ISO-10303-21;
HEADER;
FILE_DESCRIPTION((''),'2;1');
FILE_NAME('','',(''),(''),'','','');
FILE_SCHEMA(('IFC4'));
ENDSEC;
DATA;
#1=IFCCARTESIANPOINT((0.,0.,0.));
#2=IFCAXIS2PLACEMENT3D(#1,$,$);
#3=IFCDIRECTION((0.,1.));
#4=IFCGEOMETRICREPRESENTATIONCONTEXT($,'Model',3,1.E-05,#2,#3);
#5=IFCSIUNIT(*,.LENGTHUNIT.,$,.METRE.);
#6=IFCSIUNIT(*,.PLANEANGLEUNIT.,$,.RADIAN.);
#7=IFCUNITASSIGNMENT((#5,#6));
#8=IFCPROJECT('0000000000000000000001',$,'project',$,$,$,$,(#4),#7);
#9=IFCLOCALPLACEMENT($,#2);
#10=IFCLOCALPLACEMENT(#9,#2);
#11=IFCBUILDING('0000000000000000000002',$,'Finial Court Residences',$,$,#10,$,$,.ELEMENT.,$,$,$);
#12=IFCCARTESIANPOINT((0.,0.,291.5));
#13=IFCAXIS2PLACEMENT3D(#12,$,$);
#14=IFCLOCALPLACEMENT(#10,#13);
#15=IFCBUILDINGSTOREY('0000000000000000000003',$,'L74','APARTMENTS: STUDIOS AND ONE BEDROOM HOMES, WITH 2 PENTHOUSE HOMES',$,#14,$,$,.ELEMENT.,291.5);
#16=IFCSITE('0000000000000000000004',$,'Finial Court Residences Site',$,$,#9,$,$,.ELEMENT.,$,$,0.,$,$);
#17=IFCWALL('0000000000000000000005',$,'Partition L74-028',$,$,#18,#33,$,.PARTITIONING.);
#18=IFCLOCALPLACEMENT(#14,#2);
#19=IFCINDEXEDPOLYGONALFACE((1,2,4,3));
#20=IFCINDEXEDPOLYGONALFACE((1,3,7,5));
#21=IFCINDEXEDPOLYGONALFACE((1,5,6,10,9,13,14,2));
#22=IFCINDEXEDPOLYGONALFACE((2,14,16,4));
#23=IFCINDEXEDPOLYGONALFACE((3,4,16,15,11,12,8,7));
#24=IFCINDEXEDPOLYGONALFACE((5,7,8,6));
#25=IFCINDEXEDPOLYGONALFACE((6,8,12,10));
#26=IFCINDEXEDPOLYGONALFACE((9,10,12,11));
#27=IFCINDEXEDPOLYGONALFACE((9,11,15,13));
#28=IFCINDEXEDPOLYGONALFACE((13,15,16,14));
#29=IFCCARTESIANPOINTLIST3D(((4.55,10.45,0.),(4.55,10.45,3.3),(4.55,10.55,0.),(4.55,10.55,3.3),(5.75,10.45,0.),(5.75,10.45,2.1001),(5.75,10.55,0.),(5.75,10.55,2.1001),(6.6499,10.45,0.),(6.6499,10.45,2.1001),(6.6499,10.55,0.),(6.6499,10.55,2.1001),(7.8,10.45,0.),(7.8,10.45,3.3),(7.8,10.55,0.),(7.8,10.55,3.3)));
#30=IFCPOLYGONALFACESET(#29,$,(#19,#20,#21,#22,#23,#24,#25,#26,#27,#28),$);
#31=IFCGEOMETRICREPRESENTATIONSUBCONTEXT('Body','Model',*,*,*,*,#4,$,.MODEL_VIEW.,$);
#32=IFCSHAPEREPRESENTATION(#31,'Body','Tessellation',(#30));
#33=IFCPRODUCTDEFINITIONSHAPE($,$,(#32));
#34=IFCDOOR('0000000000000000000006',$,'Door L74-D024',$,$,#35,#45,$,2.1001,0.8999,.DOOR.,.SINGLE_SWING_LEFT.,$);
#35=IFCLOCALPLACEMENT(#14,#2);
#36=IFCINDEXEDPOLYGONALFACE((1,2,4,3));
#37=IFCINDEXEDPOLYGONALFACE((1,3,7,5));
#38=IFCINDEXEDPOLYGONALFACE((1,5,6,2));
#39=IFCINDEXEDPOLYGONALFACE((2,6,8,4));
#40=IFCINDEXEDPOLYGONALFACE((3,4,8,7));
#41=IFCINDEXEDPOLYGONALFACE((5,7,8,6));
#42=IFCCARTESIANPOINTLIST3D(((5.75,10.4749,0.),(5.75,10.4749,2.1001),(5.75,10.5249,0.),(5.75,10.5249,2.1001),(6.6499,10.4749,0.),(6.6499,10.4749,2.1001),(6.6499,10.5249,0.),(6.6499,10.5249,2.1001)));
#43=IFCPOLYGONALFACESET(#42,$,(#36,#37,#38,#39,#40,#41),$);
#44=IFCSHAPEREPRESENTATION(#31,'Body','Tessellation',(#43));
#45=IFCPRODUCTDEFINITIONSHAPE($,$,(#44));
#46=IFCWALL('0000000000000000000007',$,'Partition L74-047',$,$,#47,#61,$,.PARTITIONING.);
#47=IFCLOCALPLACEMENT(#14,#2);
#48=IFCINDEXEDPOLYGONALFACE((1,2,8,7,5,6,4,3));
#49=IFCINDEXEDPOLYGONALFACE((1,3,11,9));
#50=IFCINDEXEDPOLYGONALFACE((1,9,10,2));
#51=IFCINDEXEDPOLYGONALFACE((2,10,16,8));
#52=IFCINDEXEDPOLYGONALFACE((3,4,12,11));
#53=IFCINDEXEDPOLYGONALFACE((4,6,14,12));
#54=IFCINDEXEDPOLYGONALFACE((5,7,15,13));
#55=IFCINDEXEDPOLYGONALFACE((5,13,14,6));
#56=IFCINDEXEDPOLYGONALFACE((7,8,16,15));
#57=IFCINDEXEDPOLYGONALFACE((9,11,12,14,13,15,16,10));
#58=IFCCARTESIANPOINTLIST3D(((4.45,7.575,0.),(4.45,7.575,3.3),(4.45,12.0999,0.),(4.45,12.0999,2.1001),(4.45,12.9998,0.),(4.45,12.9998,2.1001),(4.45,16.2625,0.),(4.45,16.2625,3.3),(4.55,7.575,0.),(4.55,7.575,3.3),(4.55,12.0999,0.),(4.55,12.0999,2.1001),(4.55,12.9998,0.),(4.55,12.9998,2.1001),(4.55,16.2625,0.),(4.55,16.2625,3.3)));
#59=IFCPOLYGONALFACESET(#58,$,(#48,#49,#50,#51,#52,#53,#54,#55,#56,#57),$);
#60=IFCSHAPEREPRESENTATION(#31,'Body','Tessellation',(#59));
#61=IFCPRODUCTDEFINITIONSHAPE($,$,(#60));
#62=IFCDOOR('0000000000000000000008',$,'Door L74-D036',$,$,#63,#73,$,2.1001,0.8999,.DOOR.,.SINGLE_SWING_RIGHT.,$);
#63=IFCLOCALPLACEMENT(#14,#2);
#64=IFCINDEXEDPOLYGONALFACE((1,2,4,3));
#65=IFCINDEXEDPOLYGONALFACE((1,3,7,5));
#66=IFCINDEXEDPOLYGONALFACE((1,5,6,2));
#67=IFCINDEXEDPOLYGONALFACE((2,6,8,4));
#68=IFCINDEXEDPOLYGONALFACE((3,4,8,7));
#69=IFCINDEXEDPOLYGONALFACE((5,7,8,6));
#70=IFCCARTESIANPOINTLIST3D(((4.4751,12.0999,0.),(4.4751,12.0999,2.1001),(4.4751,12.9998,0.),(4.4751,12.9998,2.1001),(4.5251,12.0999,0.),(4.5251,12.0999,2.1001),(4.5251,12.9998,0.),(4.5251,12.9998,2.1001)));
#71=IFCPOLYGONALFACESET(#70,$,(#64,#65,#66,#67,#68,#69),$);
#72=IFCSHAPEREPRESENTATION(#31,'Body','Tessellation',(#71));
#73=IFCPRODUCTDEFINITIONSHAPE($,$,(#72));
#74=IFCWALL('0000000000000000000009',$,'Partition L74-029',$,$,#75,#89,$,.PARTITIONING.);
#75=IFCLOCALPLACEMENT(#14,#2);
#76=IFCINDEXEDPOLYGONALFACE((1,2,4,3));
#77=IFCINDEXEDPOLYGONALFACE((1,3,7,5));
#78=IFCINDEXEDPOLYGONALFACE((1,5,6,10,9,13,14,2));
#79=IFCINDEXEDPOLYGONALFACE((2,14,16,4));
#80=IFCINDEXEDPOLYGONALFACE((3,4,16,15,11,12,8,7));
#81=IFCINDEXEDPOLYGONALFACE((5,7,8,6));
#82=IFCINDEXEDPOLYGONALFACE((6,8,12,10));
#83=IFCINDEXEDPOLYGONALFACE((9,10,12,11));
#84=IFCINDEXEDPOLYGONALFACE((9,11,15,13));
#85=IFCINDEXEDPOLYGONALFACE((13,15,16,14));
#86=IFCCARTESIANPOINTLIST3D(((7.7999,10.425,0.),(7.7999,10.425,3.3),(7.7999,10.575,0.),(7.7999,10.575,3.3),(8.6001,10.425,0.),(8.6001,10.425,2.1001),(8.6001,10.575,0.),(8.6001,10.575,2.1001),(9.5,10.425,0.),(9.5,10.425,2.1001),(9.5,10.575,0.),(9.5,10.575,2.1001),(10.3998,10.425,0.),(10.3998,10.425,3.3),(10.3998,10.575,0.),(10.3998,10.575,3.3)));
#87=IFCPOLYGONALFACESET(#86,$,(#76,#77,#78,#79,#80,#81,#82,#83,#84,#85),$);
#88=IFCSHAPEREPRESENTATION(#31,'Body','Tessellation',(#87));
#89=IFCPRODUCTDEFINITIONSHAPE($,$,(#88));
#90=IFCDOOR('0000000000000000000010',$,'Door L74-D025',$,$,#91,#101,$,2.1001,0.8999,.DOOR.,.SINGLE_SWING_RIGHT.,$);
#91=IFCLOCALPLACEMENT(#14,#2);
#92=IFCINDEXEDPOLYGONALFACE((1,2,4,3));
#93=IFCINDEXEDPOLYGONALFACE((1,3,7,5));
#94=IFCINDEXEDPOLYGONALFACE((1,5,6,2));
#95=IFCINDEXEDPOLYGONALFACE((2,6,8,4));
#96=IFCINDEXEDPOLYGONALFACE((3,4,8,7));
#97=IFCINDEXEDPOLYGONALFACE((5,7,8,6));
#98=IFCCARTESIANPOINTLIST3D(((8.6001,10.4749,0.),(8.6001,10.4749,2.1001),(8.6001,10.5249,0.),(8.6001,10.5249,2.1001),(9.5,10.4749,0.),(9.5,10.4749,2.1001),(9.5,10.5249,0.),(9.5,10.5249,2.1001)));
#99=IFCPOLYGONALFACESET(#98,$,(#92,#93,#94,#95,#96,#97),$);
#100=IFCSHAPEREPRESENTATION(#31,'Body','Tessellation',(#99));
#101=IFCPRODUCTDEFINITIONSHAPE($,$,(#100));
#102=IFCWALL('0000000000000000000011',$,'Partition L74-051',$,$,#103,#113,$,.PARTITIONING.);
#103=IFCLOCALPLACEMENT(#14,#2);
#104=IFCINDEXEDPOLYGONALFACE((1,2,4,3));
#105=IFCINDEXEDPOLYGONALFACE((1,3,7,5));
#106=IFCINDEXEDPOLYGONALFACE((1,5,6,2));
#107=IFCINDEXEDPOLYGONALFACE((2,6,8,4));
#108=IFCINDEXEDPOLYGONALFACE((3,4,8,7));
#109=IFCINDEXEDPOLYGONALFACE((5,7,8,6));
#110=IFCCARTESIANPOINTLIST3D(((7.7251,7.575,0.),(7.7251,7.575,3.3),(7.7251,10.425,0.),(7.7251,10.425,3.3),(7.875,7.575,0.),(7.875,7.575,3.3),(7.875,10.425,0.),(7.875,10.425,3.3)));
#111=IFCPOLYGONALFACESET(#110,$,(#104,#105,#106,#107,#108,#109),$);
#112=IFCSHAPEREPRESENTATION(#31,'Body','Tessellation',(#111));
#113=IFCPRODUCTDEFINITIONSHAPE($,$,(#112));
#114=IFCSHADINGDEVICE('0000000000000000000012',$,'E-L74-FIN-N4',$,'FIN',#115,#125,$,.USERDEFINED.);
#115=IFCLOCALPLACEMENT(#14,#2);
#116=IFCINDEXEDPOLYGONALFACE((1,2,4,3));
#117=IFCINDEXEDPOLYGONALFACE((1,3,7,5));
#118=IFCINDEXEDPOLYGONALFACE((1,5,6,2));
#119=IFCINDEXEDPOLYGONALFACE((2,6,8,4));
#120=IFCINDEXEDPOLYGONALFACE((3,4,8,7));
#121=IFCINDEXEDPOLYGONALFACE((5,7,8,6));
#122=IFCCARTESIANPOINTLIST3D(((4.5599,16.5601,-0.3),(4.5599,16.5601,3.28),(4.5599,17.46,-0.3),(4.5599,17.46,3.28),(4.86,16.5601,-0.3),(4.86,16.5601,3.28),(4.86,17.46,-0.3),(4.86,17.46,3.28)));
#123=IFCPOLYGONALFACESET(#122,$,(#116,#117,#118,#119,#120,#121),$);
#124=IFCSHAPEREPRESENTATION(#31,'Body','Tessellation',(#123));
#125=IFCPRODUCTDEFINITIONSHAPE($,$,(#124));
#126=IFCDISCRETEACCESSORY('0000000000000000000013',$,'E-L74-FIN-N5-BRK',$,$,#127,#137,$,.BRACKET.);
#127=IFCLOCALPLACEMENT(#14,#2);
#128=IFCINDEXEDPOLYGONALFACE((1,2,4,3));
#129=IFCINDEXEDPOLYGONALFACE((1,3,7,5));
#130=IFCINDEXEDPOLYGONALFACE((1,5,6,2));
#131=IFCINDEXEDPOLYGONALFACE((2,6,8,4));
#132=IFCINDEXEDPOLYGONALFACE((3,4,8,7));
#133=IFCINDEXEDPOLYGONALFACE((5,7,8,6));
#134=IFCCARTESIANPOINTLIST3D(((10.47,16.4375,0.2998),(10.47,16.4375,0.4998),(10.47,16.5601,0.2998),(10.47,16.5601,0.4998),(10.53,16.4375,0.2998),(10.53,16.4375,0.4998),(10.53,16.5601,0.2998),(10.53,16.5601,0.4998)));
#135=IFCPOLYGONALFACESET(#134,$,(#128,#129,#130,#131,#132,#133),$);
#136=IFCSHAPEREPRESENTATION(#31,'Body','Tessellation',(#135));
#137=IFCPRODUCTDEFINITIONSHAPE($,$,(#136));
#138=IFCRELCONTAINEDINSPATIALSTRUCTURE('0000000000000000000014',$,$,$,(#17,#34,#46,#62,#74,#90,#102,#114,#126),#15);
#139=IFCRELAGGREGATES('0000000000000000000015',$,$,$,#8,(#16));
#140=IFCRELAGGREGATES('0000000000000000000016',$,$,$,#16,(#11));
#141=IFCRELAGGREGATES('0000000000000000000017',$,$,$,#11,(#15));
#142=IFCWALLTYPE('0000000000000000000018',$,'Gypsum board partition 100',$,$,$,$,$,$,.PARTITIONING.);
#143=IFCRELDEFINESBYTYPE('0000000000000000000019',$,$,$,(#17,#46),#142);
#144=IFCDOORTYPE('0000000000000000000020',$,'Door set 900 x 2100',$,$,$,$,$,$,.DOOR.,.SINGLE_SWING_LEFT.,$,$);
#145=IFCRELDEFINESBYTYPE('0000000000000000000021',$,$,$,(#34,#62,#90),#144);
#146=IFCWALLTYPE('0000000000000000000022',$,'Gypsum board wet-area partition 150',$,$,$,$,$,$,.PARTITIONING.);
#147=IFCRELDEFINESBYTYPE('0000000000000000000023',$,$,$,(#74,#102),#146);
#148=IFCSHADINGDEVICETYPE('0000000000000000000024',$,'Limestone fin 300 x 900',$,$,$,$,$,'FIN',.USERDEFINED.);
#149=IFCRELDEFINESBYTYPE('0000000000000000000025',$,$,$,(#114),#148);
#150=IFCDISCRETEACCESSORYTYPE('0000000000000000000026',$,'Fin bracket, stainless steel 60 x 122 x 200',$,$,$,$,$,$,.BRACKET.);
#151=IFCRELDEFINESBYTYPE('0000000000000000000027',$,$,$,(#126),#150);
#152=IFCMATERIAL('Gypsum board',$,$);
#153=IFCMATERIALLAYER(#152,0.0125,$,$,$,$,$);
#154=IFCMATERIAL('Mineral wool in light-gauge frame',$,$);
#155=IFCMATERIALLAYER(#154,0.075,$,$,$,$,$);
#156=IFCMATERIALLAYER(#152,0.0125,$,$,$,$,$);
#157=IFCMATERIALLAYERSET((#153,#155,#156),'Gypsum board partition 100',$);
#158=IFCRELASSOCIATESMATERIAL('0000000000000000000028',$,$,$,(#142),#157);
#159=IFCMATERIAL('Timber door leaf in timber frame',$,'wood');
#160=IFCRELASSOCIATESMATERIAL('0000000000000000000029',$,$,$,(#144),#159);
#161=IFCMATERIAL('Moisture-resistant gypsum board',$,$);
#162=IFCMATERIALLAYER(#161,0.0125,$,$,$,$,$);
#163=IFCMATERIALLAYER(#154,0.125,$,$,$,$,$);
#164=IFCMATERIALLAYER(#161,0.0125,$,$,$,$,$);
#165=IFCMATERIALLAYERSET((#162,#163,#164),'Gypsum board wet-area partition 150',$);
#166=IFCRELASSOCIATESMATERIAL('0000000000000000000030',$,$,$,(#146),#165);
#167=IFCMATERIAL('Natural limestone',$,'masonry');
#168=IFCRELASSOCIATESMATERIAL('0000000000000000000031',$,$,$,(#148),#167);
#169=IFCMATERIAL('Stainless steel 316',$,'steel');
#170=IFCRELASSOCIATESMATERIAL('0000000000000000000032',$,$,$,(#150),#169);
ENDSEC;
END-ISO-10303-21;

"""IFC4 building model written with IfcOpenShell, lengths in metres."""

from ifc_helpers import new_model, si_unit, direction, frame, frame_2d, origin, origin_2d, place, context, subcontext, project, spatial, rectangle, extrude, material, layer, layer_set, type_object, element, fill, save


model = new_model("IFC4")

# Units and contexts
model_context = context("Model", 3, precision=1e-05, world=origin(), true_north=direction((0.0, 1.0)))
body_context = subcontext(model_context, "Body", "Model", "MODEL_VIEW")
ifc_project = project(units=[si_unit("LENGTHUNIT", "METRE"), si_unit("PLANEANGLEUNIT", "RADIAN")], contexts=[model_context])

# Site, building, storey
site_placement = place(None, origin())
site = spatial("IfcSite", under=ifc_project, at=site_placement, Name="Finial Court Residences Site", CompositionType="ELEMENT", RefElevation=0.0)
building_placement = place(site_placement, origin())
building = spatial("IfcBuilding", under=site, at=building_placement, Name="Finial Court Residences", CompositionType="ELEMENT")
storey_placement = place(building_placement, frame((0.0, 0.0, 291.5)))
storey = spatial("IfcBuildingStorey", under=building, at=storey_placement, Name="L74", Description="APARTMENTS: STUDIOS AND ONE BEDROOM HOMES, WITH 2 PENTHOUSE HOMES", CompositionType="ELEMENT", Elevation=291.5)

# Shared definitions
ifc_material_1 = material(Name="Gypsum board")

# Walls, openings, doors
ifc_layer_1 = layer(ifc_material_1, 0.0125)
ifc_material_2 = material(Name="Mineral wool in light-gauge frame")
ifc_layer_2 = layer(ifc_material_2, 0.075)
ifc_layer_3 = layer(ifc_material_1, 0.0125)
ifc_layer_set_1 = layer_set([ifc_layer_1, ifc_layer_2, ifc_layer_3], Name="Gypsum board partition 100")
wall_type_1 = type_object("IfcWallType", Name="Gypsum board partition 100", PredefinedType="PARTITIONING", material=ifc_layer_set_1)
wall_1_placement = place(storey_placement, frame((4.55, 10.5, 0.0), z_axis=(0.0, 0.0, 1.0), x_axis=(1.0, 0.0, 0.0)))
wall_1 = element("IfcWall", 1, at=wall_1_placement, inside=storey, type_object=wall_type_1, Name="Partition L74-028", PredefinedType="PARTITIONING", context=body_context, shape_type="SweptSolid", body=[
    extrude(rectangle(XDim=3.25, YDim=0.1001, at=frame_2d((1.625, 0.0))), origin(), (0.0, 0.0, 1.0), 3.3),
])
opening_1_placement = place(wall_1_placement, frame((1.2, 0.0, 0.0)))
opening_1 = element("IfcOpeningElement", 2, at=opening_1_placement, cuts=wall_1, PredefinedType="OPENING", context=body_context, shape_type="SweptSolid", body=[
    extrude(rectangle(XDim=0.8999, YDim=2.1001, at=frame_2d((0.45, 1.05))), frame((0.0, 0.0601, 0.0), z_axis=(0.0, -1.0, 0.0), x_axis=(1.0, 0.0, 0.0)), (0.0, 0.0, 1.0), 0.1201),
])
ifc_material_3 = material(Name="Timber door leaf in timber frame", Category="wood")
door_type = type_object("IfcDoorType", Name="Door set 900 x 2100", OperationType="SINGLE_SWING_LEFT", PredefinedType="DOOR", material=ifc_material_3)
door_1_placement = place(opening_1_placement, origin())
door_1 = element("IfcDoor", 3, at=door_1_placement, inside=storey, type_object=door_type, Name="Door L74-D024", OperationType="SINGLE_SWING_LEFT", OverallHeight=2.1001, OverallWidth=0.8999, PredefinedType="DOOR", context=body_context, shape_type="SweptSolid", body=[
    extrude(rectangle(XDim=0.8999, YDim=2.1001, at=frame_2d((0.45, 1.05))), frame((0.0, 0.0249, 0.0), z_axis=(0.0, -1.0, 0.0), x_axis=(1.0, 0.0, 0.0)), (0.0, 0.0, 1.0), 0.05),
])
fill(opening_1, door_1)
wall_2_placement = place(storey_placement, frame((4.5, 7.575, 0.0), z_axis=(0.0, 0.0, 1.0), x_axis=(0.0, 1.0, 0.0)))
wall_2 = element("IfcWall", 4, at=wall_2_placement, inside=storey, type_object=wall_type_1, Name="Partition L74-047", PredefinedType="PARTITIONING", context=body_context, shape_type="SweptSolid", body=[
    extrude(rectangle(XDim=8.6875, YDim=0.1001, at=frame_2d((4.3438, 0.0))), origin(), (0.0, 0.0, 1.0), 3.3),
])
opening_2_placement = place(wall_2_placement, frame((4.5249, 0.0, 0.0)))
opening_2 = element("IfcOpeningElement", 5, at=opening_2_placement, cuts=wall_2, PredefinedType="OPENING", context=body_context, shape_type="SweptSolid", body=[
    extrude(rectangle(XDim=0.8999, YDim=2.1001, at=frame_2d((0.45, 1.05))), frame((0.0, 0.0601, 0.0), z_axis=(0.0, -1.0, 0.0), x_axis=(1.0, 0.0, 0.0)), (0.0, 0.0, 1.0), 0.1201),
])
door_2_placement = place(opening_2_placement, origin())
door_2 = element("IfcDoor", 6, at=door_2_placement, inside=storey, type_object=door_type, Name="Door L74-D036", OperationType="SINGLE_SWING_RIGHT", OverallHeight=2.1001, OverallWidth=0.8999, PredefinedType="DOOR", context=body_context, shape_type="SweptSolid", body=[
    extrude(rectangle(XDim=0.8999, YDim=2.1001, at=frame_2d((0.45, 1.05))), frame((0.0, 0.0249, 0.0), z_axis=(0.0, -1.0, 0.0), x_axis=(1.0, 0.0, 0.0)), (0.0, 0.0, 1.0), 0.05),
])
fill(opening_2, door_2)
ifc_material_4 = material(Name="Moisture-resistant gypsum board")
ifc_layer_4 = layer(ifc_material_4, 0.0125)
ifc_layer_5 = layer(ifc_material_2, 0.125)
ifc_layer_6 = layer(ifc_material_4, 0.0125)
ifc_layer_set_2 = layer_set([ifc_layer_4, ifc_layer_5, ifc_layer_6], Name="Gypsum board wet-area partition 150")
wall_type_2 = type_object("IfcWallType", Name="Gypsum board wet-area partition 150", PredefinedType="PARTITIONING", material=ifc_layer_set_2)
wall_3_placement = place(storey_placement, frame((7.8, 10.5, 0.0), z_axis=(0.0, 0.0, 1.0), x_axis=(1.0, 0.0, 0.0)))
wall_3 = element("IfcWall", 7, at=wall_3_placement, inside=storey, type_object=wall_type_2, Name="Partition L74-029", PredefinedType="PARTITIONING", context=body_context, shape_type="SweptSolid", body=[
    extrude(rectangle(XDim=2.5999, YDim=0.1499, at=frame_2d((1.2998, 0.0))), origin(), (0.0, 0.0, 1.0), 3.3),
])
opening_3_placement = place(wall_3_placement, frame((0.8, 0.0, 0.0)))
opening_3 = element("IfcOpeningElement", 8, at=opening_3_placement, cuts=wall_3, PredefinedType="OPENING", context=body_context, shape_type="SweptSolid", body=[
    extrude(rectangle(XDim=0.8999, YDim=2.1001, at=frame_2d((0.45, 1.05))), frame((0.0, 0.085, 0.0), z_axis=(0.0, -1.0, 0.0), x_axis=(1.0, 0.0, 0.0)), (0.0, 0.0, 1.0), 0.1699),
])
door_3_placement = place(opening_3_placement, origin())
door_3 = element("IfcDoor", 9, at=door_3_placement, inside=storey, type_object=door_type, Name="Door L74-D025", OperationType="SINGLE_SWING_RIGHT", OverallHeight=2.1001, OverallWidth=0.8999, PredefinedType="DOOR", context=body_context, shape_type="SweptSolid", body=[
    extrude(rectangle(XDim=0.8999, YDim=2.1001, at=frame_2d((0.45, 1.05))), frame((0.0, 0.0249, 0.0), z_axis=(0.0, -1.0, 0.0), x_axis=(1.0, 0.0, 0.0)), (0.0, 0.0, 1.0), 0.05),
])
fill(opening_3, door_3)

# Wall
wall_4_placement = place(storey_placement, frame((7.8, 7.575, 0.0), z_axis=(0.0, 0.0, 1.0), x_axis=(0.0, 1.0, 0.0)))
element("IfcWall", 10, at=wall_4_placement, inside=storey, type_object=wall_type_2, Name="Partition L74-051", PredefinedType="PARTITIONING", context=body_context, shape_type="SweptSolid", body=[
    extrude(rectangle(XDim=2.8501, YDim=0.1499, at=frame_2d((1.425, 0.0))), origin(), (0.0, 0.0, 1.0), 3.3),
])

# Shading device
ifc_material_5 = material(Name="Natural limestone", Category="masonry")
shading_device_type = type_object("IfcShadingDeviceType", Name="Limestone fin 300 x 900", ElementType="FIN", PredefinedType="USERDEFINED", material=ifc_material_5)
shading_device_placement = place(storey_placement, frame((4.71, 17.01, -0.3), z_axis=(0.0, 0.0, 1.0), x_axis=(1.0, 0.0, 0.0)))
element("IfcShadingDevice", 11, at=shading_device_placement, inside=storey, type_object=shading_device_type, Name="E-L74-FIN-N4", ObjectType="FIN", PredefinedType="USERDEFINED", context=body_context, shape_type="SweptSolid", body=[
    extrude(rectangle(XDim=0.3, YDim=0.8999, at=origin_2d()), origin(), (0.0, 0.0, 1.0), 3.5801),
])

# Discrete accessory
ifc_material_6 = material(Name="Stainless steel 316", Category="steel")
discrete_accessory_type = type_object("IfcDiscreteAccessoryType", Name="Fin bracket, stainless steel 60 x 122 x 200", PredefinedType="BRACKET", material=ifc_material_6)
discrete_accessory_placement = place(storey_placement, frame((10.5, 16.4988, 0.2998), z_axis=(0.0, 0.0, 1.0), x_axis=(1.0, 0.0, 0.0)))
element("IfcDiscreteAccessory", 12, at=discrete_accessory_placement, inside=storey, type_object=discrete_accessory_type, Name="E-L74-FIN-N5-BRK", PredefinedType="BRACKET", context=body_context, shape_type="SweptSolid", body=[
    extrude(rectangle(XDim=0.0601, YDim=0.1226, at=origin_2d()), origin(), (0.0, 0.0, 1.0), 0.2),
])

save(model, "model.ifc")
